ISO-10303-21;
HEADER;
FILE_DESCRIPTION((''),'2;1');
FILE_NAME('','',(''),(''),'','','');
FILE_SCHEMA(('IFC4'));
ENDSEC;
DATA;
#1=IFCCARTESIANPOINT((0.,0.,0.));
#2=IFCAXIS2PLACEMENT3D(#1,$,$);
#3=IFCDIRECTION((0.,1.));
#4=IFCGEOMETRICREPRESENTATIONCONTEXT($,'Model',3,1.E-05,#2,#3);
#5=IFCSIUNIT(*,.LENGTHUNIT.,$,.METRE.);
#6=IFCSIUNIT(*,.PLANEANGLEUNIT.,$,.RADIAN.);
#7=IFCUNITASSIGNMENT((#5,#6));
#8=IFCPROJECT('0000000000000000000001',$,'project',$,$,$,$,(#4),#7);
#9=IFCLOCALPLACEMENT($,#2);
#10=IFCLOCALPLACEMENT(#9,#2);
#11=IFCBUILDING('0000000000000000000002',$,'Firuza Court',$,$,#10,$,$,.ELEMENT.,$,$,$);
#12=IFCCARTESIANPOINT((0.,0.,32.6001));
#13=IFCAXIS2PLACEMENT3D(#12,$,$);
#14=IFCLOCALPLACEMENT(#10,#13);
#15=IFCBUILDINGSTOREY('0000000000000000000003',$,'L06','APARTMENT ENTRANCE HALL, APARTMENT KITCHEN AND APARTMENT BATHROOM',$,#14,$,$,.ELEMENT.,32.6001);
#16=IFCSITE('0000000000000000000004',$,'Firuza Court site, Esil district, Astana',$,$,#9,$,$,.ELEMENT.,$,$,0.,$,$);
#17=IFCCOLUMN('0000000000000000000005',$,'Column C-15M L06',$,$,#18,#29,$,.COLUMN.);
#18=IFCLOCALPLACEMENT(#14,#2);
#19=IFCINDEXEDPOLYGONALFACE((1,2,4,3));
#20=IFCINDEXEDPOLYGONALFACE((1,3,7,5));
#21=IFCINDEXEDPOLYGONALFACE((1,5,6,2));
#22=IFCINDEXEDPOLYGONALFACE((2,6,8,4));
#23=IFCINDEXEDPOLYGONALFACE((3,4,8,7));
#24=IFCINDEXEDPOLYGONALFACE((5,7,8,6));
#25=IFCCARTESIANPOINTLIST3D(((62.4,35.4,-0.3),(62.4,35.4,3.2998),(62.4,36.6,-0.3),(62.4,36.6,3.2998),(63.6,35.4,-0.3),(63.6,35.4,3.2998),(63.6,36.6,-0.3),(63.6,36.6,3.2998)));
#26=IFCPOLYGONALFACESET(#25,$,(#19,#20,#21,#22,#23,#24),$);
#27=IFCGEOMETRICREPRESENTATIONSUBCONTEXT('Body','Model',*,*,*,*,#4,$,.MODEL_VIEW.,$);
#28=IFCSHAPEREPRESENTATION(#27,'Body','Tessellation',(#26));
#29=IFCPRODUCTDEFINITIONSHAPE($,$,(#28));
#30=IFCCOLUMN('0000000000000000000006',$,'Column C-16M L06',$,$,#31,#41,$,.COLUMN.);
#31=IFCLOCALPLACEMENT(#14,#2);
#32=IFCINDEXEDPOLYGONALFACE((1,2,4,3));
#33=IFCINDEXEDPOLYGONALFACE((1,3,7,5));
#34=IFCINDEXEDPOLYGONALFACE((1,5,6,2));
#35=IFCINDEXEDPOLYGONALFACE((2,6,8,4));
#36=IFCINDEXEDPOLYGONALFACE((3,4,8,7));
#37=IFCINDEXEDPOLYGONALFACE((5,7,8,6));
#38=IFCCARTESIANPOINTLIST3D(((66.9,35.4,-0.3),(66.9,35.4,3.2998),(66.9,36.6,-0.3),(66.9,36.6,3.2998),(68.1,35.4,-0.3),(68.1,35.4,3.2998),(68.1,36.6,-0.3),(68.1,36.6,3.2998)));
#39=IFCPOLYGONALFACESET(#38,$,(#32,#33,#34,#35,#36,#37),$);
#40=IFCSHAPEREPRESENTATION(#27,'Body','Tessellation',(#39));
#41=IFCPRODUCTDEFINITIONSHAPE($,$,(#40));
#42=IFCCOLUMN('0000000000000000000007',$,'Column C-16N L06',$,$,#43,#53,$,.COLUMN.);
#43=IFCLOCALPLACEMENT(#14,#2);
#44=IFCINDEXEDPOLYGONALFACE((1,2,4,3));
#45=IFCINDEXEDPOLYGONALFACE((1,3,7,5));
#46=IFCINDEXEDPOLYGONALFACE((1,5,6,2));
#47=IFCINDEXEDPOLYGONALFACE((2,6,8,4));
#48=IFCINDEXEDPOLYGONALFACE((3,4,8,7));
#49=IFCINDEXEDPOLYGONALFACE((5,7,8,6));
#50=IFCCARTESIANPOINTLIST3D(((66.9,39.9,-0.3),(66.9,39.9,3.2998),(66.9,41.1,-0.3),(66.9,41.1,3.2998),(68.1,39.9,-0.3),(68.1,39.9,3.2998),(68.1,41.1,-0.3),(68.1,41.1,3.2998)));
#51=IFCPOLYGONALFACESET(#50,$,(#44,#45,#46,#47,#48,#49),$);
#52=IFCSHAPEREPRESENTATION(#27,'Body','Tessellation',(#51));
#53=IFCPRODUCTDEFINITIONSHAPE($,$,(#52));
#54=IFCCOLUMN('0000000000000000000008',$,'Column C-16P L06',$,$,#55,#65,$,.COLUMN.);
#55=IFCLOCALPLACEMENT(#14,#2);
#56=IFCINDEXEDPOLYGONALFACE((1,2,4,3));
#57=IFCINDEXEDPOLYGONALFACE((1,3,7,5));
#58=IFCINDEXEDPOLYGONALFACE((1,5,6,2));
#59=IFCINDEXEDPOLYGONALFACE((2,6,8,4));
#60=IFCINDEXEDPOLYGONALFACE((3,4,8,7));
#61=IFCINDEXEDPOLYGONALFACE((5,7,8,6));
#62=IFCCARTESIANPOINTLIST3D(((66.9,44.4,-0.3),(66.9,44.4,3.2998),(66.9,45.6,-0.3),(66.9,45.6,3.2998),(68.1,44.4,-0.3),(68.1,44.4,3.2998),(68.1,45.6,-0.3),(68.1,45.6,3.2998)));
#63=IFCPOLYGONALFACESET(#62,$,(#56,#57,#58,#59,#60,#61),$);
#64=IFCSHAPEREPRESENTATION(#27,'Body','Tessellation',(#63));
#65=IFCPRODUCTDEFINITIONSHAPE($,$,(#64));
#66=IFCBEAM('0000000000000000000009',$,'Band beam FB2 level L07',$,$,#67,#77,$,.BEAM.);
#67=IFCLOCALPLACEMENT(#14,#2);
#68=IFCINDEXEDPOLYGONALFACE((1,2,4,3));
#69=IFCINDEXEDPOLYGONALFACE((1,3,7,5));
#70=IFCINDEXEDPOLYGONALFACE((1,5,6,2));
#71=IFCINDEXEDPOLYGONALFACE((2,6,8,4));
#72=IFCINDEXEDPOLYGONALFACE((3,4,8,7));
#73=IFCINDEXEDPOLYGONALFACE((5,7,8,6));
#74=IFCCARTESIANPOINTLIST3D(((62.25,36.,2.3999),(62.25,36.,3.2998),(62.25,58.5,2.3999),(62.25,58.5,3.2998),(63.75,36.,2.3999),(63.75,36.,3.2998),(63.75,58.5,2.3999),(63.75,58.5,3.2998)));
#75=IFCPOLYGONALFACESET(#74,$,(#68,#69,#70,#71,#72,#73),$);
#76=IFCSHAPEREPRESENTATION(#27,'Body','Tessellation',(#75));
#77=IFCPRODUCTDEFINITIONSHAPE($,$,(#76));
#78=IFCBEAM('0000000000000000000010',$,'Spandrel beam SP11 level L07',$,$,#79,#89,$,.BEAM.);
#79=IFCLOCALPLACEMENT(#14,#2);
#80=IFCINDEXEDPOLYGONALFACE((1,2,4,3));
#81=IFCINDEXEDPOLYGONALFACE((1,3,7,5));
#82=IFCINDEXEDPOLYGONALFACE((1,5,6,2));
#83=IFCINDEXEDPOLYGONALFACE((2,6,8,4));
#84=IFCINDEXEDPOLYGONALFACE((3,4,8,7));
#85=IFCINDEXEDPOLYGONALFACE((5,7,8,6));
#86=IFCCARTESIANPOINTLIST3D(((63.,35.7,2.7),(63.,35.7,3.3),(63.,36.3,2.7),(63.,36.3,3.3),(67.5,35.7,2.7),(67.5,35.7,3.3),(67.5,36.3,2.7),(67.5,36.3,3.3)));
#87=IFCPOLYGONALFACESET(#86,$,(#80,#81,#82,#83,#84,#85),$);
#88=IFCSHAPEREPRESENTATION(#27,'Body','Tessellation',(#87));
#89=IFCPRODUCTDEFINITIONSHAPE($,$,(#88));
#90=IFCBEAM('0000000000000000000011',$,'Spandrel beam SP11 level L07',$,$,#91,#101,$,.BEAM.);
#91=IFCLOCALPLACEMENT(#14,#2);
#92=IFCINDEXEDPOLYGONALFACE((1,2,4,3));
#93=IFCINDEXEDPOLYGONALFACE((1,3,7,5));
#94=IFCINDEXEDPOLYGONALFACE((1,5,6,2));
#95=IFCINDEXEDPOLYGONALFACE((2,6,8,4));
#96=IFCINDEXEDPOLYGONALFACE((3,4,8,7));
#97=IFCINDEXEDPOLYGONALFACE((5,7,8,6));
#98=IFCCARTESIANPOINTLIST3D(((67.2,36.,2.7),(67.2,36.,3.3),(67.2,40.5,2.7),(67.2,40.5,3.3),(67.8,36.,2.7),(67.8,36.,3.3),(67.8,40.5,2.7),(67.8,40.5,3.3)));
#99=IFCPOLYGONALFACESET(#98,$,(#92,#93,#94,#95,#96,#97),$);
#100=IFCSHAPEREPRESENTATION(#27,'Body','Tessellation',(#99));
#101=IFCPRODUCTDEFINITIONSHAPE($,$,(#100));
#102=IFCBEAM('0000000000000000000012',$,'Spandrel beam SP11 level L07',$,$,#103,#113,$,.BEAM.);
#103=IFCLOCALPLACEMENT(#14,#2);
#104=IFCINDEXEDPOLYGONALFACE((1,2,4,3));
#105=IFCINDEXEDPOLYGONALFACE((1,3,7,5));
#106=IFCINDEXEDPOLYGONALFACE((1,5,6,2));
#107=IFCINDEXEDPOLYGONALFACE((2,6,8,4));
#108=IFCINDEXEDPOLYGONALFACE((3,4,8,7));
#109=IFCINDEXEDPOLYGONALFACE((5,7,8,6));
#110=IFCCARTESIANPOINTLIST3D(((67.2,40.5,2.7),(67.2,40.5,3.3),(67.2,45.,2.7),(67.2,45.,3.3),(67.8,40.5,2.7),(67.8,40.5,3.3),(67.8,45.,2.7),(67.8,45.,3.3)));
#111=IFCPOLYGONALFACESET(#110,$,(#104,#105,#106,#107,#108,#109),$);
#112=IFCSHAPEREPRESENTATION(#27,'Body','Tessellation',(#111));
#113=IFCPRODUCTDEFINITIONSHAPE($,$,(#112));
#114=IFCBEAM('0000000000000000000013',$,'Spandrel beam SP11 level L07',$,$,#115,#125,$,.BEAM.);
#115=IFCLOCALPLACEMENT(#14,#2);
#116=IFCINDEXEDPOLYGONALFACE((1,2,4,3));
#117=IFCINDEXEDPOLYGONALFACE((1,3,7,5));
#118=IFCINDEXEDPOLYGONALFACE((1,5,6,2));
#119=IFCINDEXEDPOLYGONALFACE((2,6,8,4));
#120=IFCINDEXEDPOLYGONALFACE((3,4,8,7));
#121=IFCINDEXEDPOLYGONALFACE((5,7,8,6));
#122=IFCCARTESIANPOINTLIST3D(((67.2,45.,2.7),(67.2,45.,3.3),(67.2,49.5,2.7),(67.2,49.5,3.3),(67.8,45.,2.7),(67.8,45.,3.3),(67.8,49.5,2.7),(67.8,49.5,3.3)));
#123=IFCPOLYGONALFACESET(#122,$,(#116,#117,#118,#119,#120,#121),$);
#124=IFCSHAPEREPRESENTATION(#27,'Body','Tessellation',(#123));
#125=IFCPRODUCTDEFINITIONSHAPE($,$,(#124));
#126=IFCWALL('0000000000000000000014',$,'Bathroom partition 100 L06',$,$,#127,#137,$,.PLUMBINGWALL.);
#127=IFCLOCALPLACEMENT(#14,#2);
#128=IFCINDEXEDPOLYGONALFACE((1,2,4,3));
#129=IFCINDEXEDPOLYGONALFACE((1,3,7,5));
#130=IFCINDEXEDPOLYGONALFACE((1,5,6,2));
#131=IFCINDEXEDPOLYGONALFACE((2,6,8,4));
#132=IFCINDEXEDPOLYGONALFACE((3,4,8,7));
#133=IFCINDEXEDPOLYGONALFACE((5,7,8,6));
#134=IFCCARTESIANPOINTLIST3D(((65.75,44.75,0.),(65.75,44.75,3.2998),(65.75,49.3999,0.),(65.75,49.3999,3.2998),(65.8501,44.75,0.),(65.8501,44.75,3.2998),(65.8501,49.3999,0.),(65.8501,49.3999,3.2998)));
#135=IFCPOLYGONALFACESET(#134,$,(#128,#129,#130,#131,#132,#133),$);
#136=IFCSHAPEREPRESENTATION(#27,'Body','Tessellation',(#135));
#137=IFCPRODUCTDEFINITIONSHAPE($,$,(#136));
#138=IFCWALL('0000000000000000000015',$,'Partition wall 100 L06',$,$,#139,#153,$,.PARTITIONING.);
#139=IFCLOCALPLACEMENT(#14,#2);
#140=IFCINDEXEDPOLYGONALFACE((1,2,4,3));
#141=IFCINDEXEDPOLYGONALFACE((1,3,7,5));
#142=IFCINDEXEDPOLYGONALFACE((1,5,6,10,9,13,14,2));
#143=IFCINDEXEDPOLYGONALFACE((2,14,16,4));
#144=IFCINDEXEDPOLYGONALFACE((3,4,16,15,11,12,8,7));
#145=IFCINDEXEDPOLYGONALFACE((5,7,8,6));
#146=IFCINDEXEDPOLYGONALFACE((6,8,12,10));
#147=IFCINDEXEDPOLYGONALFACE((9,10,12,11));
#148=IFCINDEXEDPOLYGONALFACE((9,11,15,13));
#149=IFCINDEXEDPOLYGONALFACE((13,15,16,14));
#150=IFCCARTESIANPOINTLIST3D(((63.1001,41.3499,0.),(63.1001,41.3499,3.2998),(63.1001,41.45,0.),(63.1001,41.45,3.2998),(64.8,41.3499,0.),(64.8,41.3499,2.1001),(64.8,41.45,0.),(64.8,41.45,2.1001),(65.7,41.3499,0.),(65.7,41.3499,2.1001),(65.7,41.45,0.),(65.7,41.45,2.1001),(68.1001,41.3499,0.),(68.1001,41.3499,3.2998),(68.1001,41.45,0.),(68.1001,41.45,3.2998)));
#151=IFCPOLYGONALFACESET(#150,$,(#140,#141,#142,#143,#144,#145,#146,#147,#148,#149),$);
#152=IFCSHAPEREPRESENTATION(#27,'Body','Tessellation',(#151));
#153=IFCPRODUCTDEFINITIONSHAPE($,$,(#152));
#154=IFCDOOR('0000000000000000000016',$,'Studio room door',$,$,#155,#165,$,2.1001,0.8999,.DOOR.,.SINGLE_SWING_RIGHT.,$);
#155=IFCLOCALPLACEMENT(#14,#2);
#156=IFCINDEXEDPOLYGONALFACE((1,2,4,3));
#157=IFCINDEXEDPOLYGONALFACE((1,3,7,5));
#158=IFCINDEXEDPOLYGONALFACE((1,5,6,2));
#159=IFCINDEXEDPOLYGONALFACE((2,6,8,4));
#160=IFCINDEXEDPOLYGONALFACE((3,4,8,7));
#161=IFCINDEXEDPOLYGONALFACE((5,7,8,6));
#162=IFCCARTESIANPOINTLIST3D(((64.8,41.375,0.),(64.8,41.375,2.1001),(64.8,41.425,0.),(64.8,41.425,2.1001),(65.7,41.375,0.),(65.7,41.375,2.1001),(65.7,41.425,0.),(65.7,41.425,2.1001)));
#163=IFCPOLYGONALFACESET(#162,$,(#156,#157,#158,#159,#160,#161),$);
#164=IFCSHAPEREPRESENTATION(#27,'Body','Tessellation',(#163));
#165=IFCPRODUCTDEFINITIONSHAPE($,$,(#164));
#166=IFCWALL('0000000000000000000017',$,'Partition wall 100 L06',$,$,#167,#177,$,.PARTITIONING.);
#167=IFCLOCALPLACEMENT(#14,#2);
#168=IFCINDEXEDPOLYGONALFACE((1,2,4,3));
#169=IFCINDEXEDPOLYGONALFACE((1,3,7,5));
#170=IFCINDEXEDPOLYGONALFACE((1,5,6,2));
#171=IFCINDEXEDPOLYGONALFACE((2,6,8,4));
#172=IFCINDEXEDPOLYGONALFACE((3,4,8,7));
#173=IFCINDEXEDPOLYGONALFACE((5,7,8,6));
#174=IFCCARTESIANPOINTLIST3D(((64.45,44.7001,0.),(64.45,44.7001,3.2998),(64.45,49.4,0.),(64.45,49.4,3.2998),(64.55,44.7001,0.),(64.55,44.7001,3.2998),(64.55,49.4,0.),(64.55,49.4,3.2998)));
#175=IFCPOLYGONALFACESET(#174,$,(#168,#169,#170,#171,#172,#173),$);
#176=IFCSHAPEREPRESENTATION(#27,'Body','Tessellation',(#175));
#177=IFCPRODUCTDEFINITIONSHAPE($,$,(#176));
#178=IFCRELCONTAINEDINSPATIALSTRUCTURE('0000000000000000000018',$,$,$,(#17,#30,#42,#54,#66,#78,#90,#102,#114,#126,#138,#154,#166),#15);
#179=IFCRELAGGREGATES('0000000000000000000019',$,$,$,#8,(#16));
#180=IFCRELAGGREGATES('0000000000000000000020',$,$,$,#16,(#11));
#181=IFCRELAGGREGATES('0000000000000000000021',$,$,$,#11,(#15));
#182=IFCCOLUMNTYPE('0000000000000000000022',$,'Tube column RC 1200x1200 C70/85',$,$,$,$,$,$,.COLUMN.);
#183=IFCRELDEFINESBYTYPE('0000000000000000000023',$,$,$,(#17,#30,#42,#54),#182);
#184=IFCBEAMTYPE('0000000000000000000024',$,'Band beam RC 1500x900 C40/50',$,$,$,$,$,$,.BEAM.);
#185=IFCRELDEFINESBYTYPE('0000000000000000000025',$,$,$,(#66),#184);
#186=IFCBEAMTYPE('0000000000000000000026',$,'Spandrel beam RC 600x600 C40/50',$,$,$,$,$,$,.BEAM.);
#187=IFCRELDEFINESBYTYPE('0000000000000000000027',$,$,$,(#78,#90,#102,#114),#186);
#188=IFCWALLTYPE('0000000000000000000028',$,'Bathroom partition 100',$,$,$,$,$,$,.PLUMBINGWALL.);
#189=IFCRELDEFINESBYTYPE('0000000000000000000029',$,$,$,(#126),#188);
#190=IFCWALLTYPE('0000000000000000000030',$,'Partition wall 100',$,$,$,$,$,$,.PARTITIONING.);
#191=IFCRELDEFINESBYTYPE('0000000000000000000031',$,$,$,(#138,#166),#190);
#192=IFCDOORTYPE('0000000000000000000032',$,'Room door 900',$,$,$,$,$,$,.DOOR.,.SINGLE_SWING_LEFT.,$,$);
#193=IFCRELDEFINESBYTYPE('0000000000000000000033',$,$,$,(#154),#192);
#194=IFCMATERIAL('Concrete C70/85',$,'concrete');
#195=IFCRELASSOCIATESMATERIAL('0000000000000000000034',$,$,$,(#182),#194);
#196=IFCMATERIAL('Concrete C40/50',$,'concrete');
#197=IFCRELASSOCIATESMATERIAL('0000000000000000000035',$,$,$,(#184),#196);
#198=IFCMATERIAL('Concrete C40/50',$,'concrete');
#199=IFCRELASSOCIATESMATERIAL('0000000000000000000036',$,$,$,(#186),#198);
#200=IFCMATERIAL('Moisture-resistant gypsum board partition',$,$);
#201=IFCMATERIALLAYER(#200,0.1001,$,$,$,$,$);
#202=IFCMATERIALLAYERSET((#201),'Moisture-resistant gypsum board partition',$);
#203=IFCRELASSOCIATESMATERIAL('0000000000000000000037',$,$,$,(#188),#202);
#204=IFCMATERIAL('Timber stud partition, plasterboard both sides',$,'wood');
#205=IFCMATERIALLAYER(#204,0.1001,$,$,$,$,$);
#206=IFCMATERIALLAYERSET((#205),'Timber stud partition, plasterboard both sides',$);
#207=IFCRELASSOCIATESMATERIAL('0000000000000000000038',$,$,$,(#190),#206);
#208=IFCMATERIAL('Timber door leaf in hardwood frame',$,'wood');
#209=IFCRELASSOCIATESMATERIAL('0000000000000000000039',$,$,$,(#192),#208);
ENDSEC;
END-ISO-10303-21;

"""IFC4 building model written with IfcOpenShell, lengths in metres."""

from ifc_helpers import new_model, si_unit, direction, frame, frame_2d, origin, origin_2d, place, context, subcontext, project, spatial, rectangle, extrude, material, layer, layer_set, material_profile, profile_set, type_object, element, fill, save


model = new_model("IFC4")

# Units and contexts
model_context = context("Model", 3, precision=1e-05, world=origin(), true_north=direction((0.0, 1.0)))
body_context = subcontext(model_context, "Body", "Model", "MODEL_VIEW")
ifc_project = project(units=[si_unit("LENGTHUNIT", "METRE"), si_unit("PLANEANGLEUNIT", "RADIAN")], contexts=[model_context])

# Site, building, storey
site_placement = place(None, origin())
site = spatial("IfcSite", under=ifc_project, at=site_placement, Name="Firuza Court site, Esil district, Astana", CompositionType="ELEMENT", RefElevation=0.0)
building_placement = place(site_placement, origin())
building = spatial("IfcBuilding", under=site, at=building_placement, Name="Firuza Court", CompositionType="ELEMENT")
storey_placement = place(building_placement, frame((0.0, 0.0, 32.6001)))
storey = spatial("IfcBuildingStorey", under=building, at=storey_placement, Name="L06", Description="APARTMENT ENTRANCE HALL, APARTMENT KITCHEN AND APARTMENT BATHROOM", CompositionType="ELEMENT", Elevation=32.6001)

# Columns
ifc_material_1 = material(Name="Concrete C70/85", Category="concrete")
ifc_material_profile_1 = material_profile(ifc_material_1, rectangle(XDim=1.2, YDim=1.2, at=origin_2d()), Name="RC 1200x1200")
ifc_profile_set_1 = profile_set([ifc_material_profile_1], Name="Concrete C70/85")
column_type = type_object("IfcColumnType", Name="Tube column RC 1200x1200 C70/85", PredefinedType="COLUMN", material=ifc_profile_set_1)
for number, where, z_axis, x_axis, name in (
    (1, (63.0, 36.0, -0.3), (0.0, 0.0, 1.0), (1.0, 0.0, 0.0), "Column C-15M L06"),
    (2, (67.5, 36.0, -0.3), (0.0, 0.0, 1.0), (1.0, 0.0, 0.0), "Column C-16M L06"),
    (3, (67.5, 40.5, -0.3), (0.0, 0.0, 1.0), (1.0, 0.0, 0.0), "Column C-16N L06"),
    (4, (67.5, 45.0, -0.3), (0.0, 0.0, 1.0), (1.0, 0.0, 0.0), "Column C-16P L06"),
):
    element("IfcColumn", number, at=place(storey_placement, frame(where, z_axis=z_axis, x_axis=x_axis)), inside=storey, type_object=column_type, Name=name, PredefinedType="COLUMN", context=body_context, shape_type="SweptSolid", body=[
        extrude(rectangle(XDim=1.2, YDim=1.2, at=origin_2d()), origin(), (0.0, 0.0, 1.0), 3.5999),
    ])

# Beams
ifc_material_2 = material(Name="Concrete C40/50", Category="concrete")
ifc_material_profile_2 = material_profile(ifc_material_2, rectangle(XDim=1.5, YDim=0.8999, at=origin_2d()), Name="RC 1500x900")
ifc_profile_set_2 = profile_set([ifc_material_profile_2], Name="Concrete C40/50")
beam_type_1 = type_object("IfcBeamType", Name="Band beam RC 1500x900 C40/50", PredefinedType="BEAM", material=ifc_profile_set_2)
beam_placement = place(storey_placement, frame((63.0, 36.0, 2.8499), z_axis=(0.0, 1.0, 0.0), x_axis=(-1.0, 0.0, 0.0)))
element("IfcBeam", 5, at=beam_placement, inside=storey, type_object=beam_type_1, Name="Band beam FB2 level L07", PredefinedType="BEAM", context=body_context, shape_type="SweptSolid", body=[
    extrude(rectangle(XDim=1.5, YDim=0.8999, at=origin_2d()), origin(), (0.0, 0.0, 1.0), 22.5),
])
ifc_material_3 = material(Name="Concrete C40/50", Category="concrete")
ifc_material_profile_3 = material_profile(ifc_material_3, rectangle(XDim=0.6001, YDim=0.6001, at=origin_2d()), Name="RC 600x600")
ifc_profile_set_3 = profile_set([ifc_material_profile_3], Name="Concrete C40/50")
beam_type_2 = type_object("IfcBeamType", Name="Spandrel beam RC 600x600 C40/50", PredefinedType="BEAM", material=ifc_profile_set_3)
for number, where, z_axis, x_axis, name in (
    (6, (63.0, 36.0, 3.0), (1.0, 0.0, 0.0), (0.0, 1.0, 0.0), "Spandrel beam SP11 level L07"),
    (7, (67.5, 36.0, 3.0), (0.0, 1.0, 0.0), (-1.0, 0.0, 0.0), "Spandrel beam SP11 level L07"),
    (8, (67.5, 40.5, 3.0), (0.0, 1.0, 0.0), (-1.0, 0.0, 0.0), "Spandrel beam SP11 level L07"),
    (9, (67.5, 45.0, 3.0), (0.0, 1.0, 0.0), (-1.0, 0.0, 0.0), "Spandrel beam SP11 level L07"),
):
    element("IfcBeam", number, at=place(storey_placement, frame(where, z_axis=z_axis, x_axis=x_axis)), inside=storey, type_object=beam_type_2, Name=name, PredefinedType="BEAM", context=body_context, shape_type="SweptSolid", body=[
        extrude(rectangle(XDim=0.6001, YDim=0.6001, at=origin_2d()), origin(), (0.0, 0.0, 1.0), 4.5),
    ])

# Wall
ifc_material_4 = material(Name="Moisture-resistant gypsum board partition")
ifc_layer_1 = layer(ifc_material_4, 0.1001)
ifc_layer_set_1 = layer_set([ifc_layer_1], Name="Moisture-resistant gypsum board partition")
wall_type_1 = type_object("IfcWallType", Name="Bathroom partition 100", PredefinedType="PLUMBINGWALL", material=ifc_layer_set_1)
wall_1_placement = place(storey_placement, frame((65.8, 44.75, 0.0), z_axis=(0.0, 0.0, 1.0), x_axis=(0.0, 1.0, 0.0)))
element("IfcWall", 10, at=wall_1_placement, inside=storey, type_object=wall_type_1, Name="Bathroom partition 100 L06", PredefinedType="PLUMBINGWALL", context=body_context, shape_type="SweptSolid", body=[
    extrude(rectangle(XDim=4.6499, YDim=0.1001, at=frame_2d((2.325, 0.0))), origin(), (0.0, 0.0, 1.0), 3.2998),
])

# Wall, opening, door
ifc_material_5 = material(Name="Timber stud partition, plasterboard both sides", Category="wood")
ifc_layer_2 = layer(ifc_material_5, 0.1001)
ifc_layer_set_2 = layer_set([ifc_layer_2], Name="Timber stud partition, plasterboard both sides")
wall_type_2 = type_object("IfcWallType", Name="Partition wall 100", PredefinedType="PARTITIONING", material=ifc_layer_set_2)
wall_2_placement = place(storey_placement, frame((63.1001, 41.3999, 0.0), z_axis=(0.0, 0.0, 1.0), x_axis=(1.0, 0.0, 0.0)))
wall_2 = element("IfcWall", 11, at=wall_2_placement, inside=storey, type_object=wall_type_2, Name="Partition wall 100 L06", PredefinedType="PARTITIONING", context=body_context, shape_type="SweptSolid", body=[
    extrude(rectangle(XDim=5.0, YDim=0.1001, at=frame_2d((2.5, 0.0))), origin(), (0.0, 0.0, 1.0), 3.2998),
])
opening_1_placement = place(wall_2_placement, frame((1.7, 0.0, 0.0)))
opening_1 = element("IfcOpeningElement", 12, at=opening_1_placement, cuts=wall_2, PredefinedType="OPENING", context=body_context, shape_type="SweptSolid", body=[
    extrude(rectangle(XDim=0.8999, YDim=2.1001, at=frame_2d((0.45, 1.05))), frame((0.0, 0.062, 0.0), z_axis=(0.0, -1.0, 0.0), x_axis=(1.0, 0.0, 0.0)), (0.0, 0.0, 1.0), 0.124),
])
ifc_material_6 = material(Name="Timber door leaf in hardwood frame", Category="wood")
door_type_1 = type_object("IfcDoorType", Name="Room door 900", OperationType="SINGLE_SWING_LEFT", PredefinedType="DOOR", material=ifc_material_6)
door_1_placement = place(opening_1_placement, frame((0.8999, 0.0, 0.0), z_axis=(0.0, 0.0, 1.0), x_axis=(-1.0, 0.0, 0.0)))
door_1 = element("IfcDoor", 13, at=door_1_placement, inside=storey, type_object=door_type_1, Name="Studio room door", OperationType="SINGLE_SWING_RIGHT", OverallHeight=2.1001, OverallWidth=0.8999, PredefinedType="DOOR", context=body_context, shape_type="SweptSolid", body=[
    extrude(rectangle(XDim=0.8999, YDim=2.1001, at=frame_2d((0.45, 1.05))), frame((0.0, 0.0249, 0.0), z_axis=(0.0, -1.0, 0.0), x_axis=(1.0, 0.0, 0.0)), (0.0, 0.0, 1.0), 0.05),
])
fill(opening_1, door_1)

# Wall
wall_3_placement = place(storey_placement, frame((64.5, 44.7, 0.0), z_axis=(0.0, 0.0, 1.0), x_axis=(0.0, 1.0, 0.0)))
element("IfcWall", 14, at=wall_3_placement, inside=storey, type_object=wall_type_2, Name="Partition wall 100 L06", PredefinedType="PARTITIONING", context=body_context, shape_type="SweptSolid", body=[
    extrude(rectangle(XDim=4.7, YDim=0.1001, at=frame_2d((2.3501, 0.0))), origin(), (0.0, 0.0, 1.0), 3.2998),
])

save(model, "model.ifc")
